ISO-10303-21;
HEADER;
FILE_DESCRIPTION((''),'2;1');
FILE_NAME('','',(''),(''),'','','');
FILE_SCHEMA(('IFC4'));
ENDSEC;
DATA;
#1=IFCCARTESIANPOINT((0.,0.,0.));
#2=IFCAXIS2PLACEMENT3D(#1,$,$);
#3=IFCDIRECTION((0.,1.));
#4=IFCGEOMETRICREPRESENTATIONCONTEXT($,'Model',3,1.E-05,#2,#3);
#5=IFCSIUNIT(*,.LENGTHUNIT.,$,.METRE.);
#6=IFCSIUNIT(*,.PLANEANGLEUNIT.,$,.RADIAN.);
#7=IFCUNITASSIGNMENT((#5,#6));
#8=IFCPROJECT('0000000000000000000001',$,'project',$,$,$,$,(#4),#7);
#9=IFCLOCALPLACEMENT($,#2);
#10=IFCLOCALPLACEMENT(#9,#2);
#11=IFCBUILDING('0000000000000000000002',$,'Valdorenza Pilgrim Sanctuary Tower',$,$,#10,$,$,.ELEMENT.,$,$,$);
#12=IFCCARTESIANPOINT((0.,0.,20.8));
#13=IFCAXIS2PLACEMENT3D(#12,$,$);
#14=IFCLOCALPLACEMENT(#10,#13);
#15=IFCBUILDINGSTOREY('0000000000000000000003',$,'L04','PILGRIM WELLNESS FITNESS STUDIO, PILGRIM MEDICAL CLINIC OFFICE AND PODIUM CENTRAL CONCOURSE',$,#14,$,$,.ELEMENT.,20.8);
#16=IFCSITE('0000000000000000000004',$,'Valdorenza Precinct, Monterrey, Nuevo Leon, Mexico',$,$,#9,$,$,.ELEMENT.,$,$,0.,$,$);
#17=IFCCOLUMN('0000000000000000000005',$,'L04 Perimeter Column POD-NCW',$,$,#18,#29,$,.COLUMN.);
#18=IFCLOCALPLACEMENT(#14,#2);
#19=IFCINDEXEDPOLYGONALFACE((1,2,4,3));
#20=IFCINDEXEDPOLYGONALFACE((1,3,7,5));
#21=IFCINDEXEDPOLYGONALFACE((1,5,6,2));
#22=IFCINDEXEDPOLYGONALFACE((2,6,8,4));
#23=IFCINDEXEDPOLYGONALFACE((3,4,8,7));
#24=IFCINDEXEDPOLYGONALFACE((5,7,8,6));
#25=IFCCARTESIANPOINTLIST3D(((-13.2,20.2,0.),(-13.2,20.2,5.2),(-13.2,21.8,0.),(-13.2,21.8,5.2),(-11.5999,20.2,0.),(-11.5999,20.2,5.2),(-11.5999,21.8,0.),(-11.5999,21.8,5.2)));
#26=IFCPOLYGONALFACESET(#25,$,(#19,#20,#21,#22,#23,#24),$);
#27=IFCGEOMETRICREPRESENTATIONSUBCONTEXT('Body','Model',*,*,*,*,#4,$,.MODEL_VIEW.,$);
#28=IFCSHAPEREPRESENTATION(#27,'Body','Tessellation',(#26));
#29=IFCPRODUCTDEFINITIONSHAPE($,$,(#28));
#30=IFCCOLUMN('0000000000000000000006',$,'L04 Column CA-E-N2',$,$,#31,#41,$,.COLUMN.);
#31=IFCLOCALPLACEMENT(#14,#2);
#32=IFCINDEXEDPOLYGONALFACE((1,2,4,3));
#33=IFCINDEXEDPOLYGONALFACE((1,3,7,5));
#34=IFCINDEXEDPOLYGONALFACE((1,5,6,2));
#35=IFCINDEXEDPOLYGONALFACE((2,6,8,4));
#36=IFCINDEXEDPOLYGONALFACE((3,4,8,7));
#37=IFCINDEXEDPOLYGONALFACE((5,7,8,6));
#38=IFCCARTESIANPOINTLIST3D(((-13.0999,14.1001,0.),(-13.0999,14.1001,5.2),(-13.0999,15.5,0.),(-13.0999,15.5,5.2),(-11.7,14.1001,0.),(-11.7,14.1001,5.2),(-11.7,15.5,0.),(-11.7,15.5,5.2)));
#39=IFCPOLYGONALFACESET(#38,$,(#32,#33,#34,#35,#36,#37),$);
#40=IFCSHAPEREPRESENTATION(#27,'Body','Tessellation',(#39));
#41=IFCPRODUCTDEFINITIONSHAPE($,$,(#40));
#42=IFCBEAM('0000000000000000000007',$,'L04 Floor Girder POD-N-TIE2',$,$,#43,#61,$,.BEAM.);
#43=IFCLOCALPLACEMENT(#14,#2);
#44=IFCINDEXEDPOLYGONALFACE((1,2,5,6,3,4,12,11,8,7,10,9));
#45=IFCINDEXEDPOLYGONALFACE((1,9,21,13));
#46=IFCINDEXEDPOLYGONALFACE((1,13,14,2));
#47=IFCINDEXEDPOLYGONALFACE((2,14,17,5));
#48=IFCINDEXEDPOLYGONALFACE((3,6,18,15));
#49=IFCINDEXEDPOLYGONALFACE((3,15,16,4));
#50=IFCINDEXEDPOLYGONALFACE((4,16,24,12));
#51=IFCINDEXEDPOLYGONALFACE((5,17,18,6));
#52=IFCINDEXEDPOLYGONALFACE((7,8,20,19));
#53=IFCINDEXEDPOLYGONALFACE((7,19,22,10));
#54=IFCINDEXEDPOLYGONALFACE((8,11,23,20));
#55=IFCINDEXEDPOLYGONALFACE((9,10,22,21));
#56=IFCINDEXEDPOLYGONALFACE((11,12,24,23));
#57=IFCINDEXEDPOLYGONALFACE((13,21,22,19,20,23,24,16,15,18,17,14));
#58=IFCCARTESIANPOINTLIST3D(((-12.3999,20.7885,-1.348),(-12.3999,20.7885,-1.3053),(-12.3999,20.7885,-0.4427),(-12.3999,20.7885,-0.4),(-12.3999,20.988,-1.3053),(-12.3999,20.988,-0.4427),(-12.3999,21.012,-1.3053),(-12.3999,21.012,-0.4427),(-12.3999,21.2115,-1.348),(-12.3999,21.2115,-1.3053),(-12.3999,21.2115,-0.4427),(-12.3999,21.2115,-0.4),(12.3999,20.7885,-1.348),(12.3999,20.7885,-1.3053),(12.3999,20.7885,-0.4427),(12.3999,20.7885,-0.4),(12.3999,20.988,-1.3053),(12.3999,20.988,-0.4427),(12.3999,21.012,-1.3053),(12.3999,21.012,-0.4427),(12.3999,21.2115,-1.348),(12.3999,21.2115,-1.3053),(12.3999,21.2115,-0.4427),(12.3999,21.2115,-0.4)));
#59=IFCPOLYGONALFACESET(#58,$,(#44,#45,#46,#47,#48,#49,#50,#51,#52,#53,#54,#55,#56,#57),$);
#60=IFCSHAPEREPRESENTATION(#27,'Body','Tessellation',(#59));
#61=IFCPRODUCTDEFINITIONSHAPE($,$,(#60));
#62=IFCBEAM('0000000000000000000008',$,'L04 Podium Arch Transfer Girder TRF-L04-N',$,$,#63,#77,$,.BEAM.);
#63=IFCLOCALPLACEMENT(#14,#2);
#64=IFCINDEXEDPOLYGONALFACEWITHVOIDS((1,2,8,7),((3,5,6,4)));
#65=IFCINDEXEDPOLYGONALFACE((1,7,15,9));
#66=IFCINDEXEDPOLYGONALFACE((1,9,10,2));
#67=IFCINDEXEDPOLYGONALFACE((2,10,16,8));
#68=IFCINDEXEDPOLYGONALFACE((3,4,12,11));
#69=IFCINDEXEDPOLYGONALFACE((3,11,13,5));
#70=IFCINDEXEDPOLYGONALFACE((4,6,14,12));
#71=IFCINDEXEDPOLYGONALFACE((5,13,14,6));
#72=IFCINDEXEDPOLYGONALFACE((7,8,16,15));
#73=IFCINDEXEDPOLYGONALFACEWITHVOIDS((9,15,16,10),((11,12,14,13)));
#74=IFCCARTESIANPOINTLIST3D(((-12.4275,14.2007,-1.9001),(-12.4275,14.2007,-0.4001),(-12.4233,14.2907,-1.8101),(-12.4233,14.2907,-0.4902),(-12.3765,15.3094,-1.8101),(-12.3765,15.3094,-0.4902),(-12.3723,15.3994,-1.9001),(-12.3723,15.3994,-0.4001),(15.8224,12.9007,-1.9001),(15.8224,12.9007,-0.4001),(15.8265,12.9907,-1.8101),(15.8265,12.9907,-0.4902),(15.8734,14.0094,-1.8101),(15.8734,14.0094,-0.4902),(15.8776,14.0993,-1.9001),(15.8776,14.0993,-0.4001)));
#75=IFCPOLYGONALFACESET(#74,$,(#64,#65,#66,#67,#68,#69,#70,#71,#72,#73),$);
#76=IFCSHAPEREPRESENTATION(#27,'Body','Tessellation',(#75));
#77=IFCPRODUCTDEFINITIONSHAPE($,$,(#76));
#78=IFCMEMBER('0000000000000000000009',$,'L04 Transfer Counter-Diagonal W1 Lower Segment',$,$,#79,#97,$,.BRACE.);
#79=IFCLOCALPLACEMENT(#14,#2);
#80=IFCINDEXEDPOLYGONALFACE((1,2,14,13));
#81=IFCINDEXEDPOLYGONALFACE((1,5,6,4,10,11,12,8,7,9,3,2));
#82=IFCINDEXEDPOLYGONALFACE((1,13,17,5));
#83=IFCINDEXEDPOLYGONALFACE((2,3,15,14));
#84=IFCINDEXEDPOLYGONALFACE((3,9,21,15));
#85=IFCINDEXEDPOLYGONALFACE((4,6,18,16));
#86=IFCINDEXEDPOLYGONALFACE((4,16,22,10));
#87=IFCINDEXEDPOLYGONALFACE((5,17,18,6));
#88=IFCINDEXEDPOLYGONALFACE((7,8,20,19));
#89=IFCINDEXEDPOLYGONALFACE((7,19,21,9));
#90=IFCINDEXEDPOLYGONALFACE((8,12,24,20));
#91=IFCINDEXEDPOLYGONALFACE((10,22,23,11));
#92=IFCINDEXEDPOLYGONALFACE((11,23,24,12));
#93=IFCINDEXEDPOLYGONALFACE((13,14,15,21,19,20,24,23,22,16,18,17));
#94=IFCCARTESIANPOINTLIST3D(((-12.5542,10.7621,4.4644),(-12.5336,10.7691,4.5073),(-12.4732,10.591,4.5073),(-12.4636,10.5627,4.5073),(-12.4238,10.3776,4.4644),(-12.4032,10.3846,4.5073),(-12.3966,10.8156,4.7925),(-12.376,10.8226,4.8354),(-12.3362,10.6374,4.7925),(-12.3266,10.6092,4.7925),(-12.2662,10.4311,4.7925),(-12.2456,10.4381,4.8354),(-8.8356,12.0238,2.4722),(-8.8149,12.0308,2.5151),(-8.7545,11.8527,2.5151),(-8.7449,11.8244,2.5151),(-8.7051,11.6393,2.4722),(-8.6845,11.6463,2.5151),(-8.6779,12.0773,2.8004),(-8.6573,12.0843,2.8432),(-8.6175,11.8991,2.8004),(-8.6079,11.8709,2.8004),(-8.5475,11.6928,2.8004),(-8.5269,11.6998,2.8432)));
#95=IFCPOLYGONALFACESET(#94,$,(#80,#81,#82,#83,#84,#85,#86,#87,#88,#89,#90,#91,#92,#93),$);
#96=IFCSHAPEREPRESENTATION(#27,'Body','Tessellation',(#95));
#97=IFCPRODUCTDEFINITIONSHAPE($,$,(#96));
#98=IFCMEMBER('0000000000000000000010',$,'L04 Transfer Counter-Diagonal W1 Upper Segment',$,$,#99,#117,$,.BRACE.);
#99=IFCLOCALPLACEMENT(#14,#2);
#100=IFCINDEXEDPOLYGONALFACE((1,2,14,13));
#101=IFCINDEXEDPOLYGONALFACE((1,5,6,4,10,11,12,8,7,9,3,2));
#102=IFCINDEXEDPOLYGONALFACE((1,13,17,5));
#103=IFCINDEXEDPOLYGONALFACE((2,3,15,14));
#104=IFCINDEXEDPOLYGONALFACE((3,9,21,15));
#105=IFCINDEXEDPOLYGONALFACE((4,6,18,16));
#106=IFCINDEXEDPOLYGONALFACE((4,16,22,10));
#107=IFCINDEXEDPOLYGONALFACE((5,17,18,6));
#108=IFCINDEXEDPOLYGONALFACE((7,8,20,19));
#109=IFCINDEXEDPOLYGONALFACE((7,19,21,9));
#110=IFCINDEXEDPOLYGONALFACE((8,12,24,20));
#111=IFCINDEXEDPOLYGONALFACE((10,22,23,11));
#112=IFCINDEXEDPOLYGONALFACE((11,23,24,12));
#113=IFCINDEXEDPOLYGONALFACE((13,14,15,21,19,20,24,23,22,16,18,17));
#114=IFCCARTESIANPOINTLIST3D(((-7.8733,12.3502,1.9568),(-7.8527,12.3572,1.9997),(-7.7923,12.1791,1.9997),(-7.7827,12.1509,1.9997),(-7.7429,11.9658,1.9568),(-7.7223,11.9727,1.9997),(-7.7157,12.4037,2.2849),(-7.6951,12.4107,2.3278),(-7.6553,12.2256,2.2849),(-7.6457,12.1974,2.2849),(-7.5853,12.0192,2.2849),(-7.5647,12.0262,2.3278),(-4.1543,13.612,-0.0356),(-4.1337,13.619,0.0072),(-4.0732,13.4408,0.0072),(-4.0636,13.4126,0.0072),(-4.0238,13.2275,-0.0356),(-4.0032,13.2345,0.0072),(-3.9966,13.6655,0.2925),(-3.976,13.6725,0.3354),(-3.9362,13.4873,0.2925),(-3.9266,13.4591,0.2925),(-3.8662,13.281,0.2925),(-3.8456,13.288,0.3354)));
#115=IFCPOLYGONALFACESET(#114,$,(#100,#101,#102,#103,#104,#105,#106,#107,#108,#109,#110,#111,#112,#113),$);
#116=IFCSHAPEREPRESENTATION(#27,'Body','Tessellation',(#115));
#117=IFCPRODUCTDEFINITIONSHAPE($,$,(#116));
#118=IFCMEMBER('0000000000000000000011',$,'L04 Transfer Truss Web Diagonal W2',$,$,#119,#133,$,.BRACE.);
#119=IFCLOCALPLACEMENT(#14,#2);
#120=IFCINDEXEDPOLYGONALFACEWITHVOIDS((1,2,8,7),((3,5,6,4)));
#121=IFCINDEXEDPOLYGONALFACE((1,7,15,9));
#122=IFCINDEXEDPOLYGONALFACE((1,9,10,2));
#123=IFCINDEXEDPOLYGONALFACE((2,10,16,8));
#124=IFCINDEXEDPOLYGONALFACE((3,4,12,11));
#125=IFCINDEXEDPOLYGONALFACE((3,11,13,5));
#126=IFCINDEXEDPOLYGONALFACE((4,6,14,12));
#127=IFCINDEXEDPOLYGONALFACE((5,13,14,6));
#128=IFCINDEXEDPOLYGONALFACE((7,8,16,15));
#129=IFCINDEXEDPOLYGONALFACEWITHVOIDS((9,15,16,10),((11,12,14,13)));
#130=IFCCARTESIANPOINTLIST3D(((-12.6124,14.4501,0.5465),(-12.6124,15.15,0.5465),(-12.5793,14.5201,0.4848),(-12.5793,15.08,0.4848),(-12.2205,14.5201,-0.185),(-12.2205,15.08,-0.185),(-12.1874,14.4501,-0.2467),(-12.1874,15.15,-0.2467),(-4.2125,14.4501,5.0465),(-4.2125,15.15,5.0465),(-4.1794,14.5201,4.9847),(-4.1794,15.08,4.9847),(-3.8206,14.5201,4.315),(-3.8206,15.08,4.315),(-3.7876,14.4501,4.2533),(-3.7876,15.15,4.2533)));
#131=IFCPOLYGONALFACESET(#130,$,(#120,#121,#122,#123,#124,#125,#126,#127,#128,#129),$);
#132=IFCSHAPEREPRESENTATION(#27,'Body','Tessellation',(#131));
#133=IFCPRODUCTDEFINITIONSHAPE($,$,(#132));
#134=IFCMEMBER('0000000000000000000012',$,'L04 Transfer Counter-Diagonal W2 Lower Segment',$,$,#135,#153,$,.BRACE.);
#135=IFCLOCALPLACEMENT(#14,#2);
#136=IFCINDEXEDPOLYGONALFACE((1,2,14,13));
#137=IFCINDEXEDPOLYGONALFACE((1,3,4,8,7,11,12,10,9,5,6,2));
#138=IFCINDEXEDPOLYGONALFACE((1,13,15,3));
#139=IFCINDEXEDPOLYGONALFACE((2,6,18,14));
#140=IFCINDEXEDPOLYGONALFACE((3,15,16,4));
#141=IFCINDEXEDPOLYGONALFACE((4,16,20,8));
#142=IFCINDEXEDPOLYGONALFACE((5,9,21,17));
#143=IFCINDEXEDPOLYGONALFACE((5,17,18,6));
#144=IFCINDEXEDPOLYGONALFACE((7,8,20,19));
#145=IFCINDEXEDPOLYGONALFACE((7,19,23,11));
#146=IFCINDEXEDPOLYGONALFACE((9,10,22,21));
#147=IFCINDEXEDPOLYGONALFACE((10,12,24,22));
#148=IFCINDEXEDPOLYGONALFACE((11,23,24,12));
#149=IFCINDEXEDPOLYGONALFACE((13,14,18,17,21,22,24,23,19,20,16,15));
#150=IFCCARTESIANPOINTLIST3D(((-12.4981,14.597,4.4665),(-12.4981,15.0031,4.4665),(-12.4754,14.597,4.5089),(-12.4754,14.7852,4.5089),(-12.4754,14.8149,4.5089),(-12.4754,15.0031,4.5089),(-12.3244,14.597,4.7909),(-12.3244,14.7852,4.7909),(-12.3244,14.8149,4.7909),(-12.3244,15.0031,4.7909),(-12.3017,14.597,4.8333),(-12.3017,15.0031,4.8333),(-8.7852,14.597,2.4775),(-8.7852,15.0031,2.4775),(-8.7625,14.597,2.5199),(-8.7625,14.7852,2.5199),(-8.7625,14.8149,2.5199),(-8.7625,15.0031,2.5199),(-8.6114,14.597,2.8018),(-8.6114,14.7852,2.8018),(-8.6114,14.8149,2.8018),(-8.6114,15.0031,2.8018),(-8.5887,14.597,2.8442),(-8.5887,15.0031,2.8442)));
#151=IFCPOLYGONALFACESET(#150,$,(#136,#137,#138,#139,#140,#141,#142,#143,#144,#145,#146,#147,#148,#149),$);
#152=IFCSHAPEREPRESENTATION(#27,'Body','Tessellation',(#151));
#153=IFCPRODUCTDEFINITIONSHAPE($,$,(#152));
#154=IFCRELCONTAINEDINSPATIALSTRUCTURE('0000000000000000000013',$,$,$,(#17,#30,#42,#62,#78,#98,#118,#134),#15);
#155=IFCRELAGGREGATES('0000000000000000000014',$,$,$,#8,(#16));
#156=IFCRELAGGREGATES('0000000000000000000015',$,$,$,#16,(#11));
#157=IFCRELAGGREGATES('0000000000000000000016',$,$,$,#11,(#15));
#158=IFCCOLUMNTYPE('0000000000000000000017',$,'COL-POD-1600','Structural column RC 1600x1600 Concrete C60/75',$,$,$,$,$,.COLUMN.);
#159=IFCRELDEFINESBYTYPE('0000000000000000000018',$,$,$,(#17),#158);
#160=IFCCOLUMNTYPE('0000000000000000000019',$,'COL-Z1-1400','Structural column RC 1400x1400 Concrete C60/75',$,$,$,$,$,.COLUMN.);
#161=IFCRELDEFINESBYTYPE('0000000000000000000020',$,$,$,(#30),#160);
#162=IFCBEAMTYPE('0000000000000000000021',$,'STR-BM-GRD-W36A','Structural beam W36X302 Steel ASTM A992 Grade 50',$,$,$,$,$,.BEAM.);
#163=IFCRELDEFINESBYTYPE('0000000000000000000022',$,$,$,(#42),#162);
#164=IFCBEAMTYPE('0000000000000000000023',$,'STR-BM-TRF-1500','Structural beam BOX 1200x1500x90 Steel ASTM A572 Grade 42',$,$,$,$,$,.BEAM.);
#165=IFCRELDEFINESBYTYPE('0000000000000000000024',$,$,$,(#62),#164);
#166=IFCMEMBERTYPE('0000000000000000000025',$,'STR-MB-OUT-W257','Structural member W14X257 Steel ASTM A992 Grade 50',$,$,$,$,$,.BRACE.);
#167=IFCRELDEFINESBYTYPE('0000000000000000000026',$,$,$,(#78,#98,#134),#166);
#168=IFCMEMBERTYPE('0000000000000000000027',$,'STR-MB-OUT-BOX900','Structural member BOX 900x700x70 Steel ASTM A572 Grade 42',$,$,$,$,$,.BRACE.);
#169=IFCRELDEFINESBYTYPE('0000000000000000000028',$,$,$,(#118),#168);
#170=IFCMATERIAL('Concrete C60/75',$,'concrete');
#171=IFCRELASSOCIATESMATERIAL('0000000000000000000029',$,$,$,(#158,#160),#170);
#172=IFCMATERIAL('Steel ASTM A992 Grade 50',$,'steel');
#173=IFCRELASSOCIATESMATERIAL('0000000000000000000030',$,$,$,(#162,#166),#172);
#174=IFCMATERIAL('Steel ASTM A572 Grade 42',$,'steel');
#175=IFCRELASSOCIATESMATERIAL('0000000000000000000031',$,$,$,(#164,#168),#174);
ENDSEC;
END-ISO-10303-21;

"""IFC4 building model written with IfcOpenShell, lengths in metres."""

from ifc_helpers import new_model, si_unit, direction, frame, origin, origin_2d, place, context, subcontext, project, spatial, rectangle, hollow_rectangle, i_section, extrude, source, transform, mapped, material, material_profile, profile_set, type_object, element, save


model = new_model("IFC4")

# Units and contexts
model_context = context("Model", 3, precision=1e-05, world=origin(), true_north=direction((0.0, 1.0)))
body_context = subcontext(model_context, "Body", "Model", "MODEL_VIEW")
ifc_project = project(units=[si_unit("LENGTHUNIT", "METRE"), si_unit("PLANEANGLEUNIT", "RADIAN")], contexts=[model_context])

# Site, building, storey
site_placement = place(None, origin())
site = spatial("IfcSite", under=ifc_project, at=site_placement, Name="Valdorenza Precinct, Monterrey, Nuevo Leon, Mexico", CompositionType="ELEMENT", RefElevation=0.0)
building_placement = place(site_placement, origin())
building = spatial("IfcBuilding", under=site, at=building_placement, Name="Valdorenza Pilgrim Sanctuary Tower", CompositionType="ELEMENT")
storey_placement = place(building_placement, frame((0.0, 0.0, 20.8)))
storey = spatial("IfcBuildingStorey", under=building, at=storey_placement, Name="L04", Description="PILGRIM WELLNESS FITNESS STUDIO, PILGRIM MEDICAL CLINIC OFFICE AND PODIUM CENTRAL CONCOURSE", CompositionType="ELEMENT", Elevation=20.8)

# Columns
ifc_material_1 = material(Name="Concrete C60/75", Category="concrete")
ifc_material_profile_1 = material_profile(ifc_material_1, rectangle(XDim=1.6001, YDim=1.6001, at=origin_2d()), Name="RC 1600x1600")
ifc_profile_set_1 = profile_set([ifc_material_profile_1], Name="Concrete C60/75")
column_type_1 = type_object("IfcColumnType", Name="COL-POD-1600", Description="Structural column RC 1600x1600 Concrete C60/75", PredefinedType="COLUMN", material=ifc_profile_set_1)
shared_shape_1 = source(origin(), body_context, "Body", "SweptSolid", [
    extrude(rectangle(XDim=1.6001, YDim=1.6001, at=origin_2d()), origin(), (0.0, 0.0, 1.0), 5.2),
])
column_1_placement = place(storey_placement, frame((-12.3999, 21.0, 0.0), z_axis=(0.0, 0.0, 1.0), x_axis=(1.0, 0.0, 0.0)))
element("IfcColumn", 1, at=column_1_placement, inside=storey, type_object=column_type_1, Name="L04 Perimeter Column POD-NCW", PredefinedType="COLUMN", context=body_context, shape_type="MappedRepresentation", body=[
    mapped(shared_shape_1, transform((0.0, 0.0, 0.0), x_axis=(1.0, 0.0, 0.0), y_axis=(0.0, 1.0, 0.0), z_axis=(0.0, 0.0, 1.0), scale=1.0)),
])
ifc_material_profile_2 = material_profile(ifc_material_1, rectangle(XDim=1.3999, YDim=1.3999, at=origin_2d()), Name="RC 1400x1400")
ifc_profile_set_2 = profile_set([ifc_material_profile_2], Name="Concrete C60/75")
column_type_2 = type_object("IfcColumnType", Name="COL-Z1-1400", Description="Structural column RC 1400x1400 Concrete C60/75", PredefinedType="COLUMN", material=ifc_profile_set_2)
shared_shape_2 = source(origin(), body_context, "Body", "SweptSolid", [
    extrude(rectangle(XDim=1.3999, YDim=1.3999, at=origin_2d()), origin(), (0.0, 0.0, 1.0), 5.2),
])
column_2_placement = place(storey_placement, frame((-12.3999, 14.8, 0.0), z_axis=(0.0, 0.0, 1.0), x_axis=(1.0, 0.0, 0.0)))
element("IfcColumn", 2, at=column_2_placement, inside=storey, type_object=column_type_2, Name="L04 Column CA-E-N2", PredefinedType="COLUMN", context=body_context, shape_type="MappedRepresentation", body=[
    mapped(shared_shape_2, transform((0.0, 0.0, 0.0), x_axis=(1.0, 0.0, 0.0), y_axis=(0.0, 1.0, 0.0), z_axis=(0.0, 0.0, 1.0), scale=1.0)),
])

# Beams
ifc_material_2 = material(Name="Steel ASTM A992 Grade 50", Category="steel")
ifc_material_profile_3 = material_profile(ifc_material_2, i_section(OverallWidth=0.4231, OverallDepth=0.948, WebThickness=0.0239, FlangeThickness=0.0427, at=origin_2d()), Name="W36X302")
ifc_profile_set_3 = profile_set([ifc_material_profile_3], Name="Steel ASTM A992 Grade 50")
beam_type_1 = type_object("IfcBeamType", Name="STR-BM-GRD-W36A", Description="Structural beam W36X302 Steel ASTM A992 Grade 50", PredefinedType="BEAM", material=ifc_profile_set_3)
shared_shape_3 = source(origin(), body_context, "Body", "SweptSolid", [
    extrude(i_section(OverallWidth=0.4231, OverallDepth=0.948, WebThickness=0.0239, FlangeThickness=0.0427, at=origin_2d()), origin(), (0.0, 0.0, 1.0), 24.7998),
])
beam_1_placement = place(storey_placement, frame((-12.3999, 21.0, -0.874), z_axis=(1.0, 0.0, 0.0), x_axis=(0.0, 1.0, 0.0)))
element("IfcBeam", 3, at=beam_1_placement, inside=storey, type_object=beam_type_1, Name="L04 Floor Girder POD-N-TIE2", PredefinedType="BEAM", context=body_context, shape_type="MappedRepresentation", body=[
    mapped(shared_shape_3, transform((0.0, 0.0, 0.0), x_axis=(1.0, 0.0, 0.0), y_axis=(0.0, 1.0, 0.0), z_axis=(0.0, 0.0, 1.0), scale=1.0)),
])
ifc_material_3 = material(Name="Steel ASTM A572 Grade 42", Category="steel")
ifc_material_profile_4 = material_profile(ifc_material_3, hollow_rectangle(XDim=1.2, YDim=1.5, WallThickness=0.0901, at=origin_2d()), Name="BOX 1200x1500x90")
ifc_profile_set_4 = profile_set([ifc_material_profile_4], Name="Steel ASTM A572 Grade 42")
beam_type_2 = type_object("IfcBeamType", Name="STR-BM-TRF-1500", Description="Structural beam BOX 1200x1500x90 Steel ASTM A572 Grade 42", PredefinedType="BEAM", material=ifc_profile_set_4)
shared_shape_4 = source(origin(), body_context, "Body", "SweptSolid", [
    extrude(hollow_rectangle(XDim=1.2, YDim=1.5, WallThickness=0.0901, at=origin_2d()), origin(), (0.0, 0.0, 1.0), 28.2798),
])
beam_2_placement = place(storey_placement, frame((-12.3999, 14.8, -1.1501), z_axis=(0.998943, -0.045971, 0.0), x_axis=(0.045971, 0.998943, 0.0)))
element("IfcBeam", 4, at=beam_2_placement, inside=storey, type_object=beam_type_2, Name="L04 Podium Arch Transfer Girder TRF-L04-N", PredefinedType="BEAM", context=body_context, shape_type="MappedRepresentation", body=[
    mapped(shared_shape_4, transform((0.0, 0.0, 0.0), x_axis=(1.0, 0.0, 0.0), y_axis=(0.0, 1.0, 0.0), z_axis=(0.0, 0.0, 1.0), scale=1.0)),
])

# Members
ifc_material_profile_5 = material_profile(ifc_material_2, i_section(OverallWidth=0.406, OverallDepth=0.416, WebThickness=0.0298, FlangeThickness=0.0481, at=origin_2d()), Name="W14X257")
ifc_profile_set_5 = profile_set([ifc_material_profile_5], Name="Steel ASTM A992 Grade 50")
member_type_1 = type_object("IfcMemberType", Name="STR-MB-OUT-W257", Description="Structural member W14X257 Steel ASTM A992 Grade 50", PredefinedType="BRACE", material=ifc_profile_set_5)
shared_shape_5 = source(origin(), body_context, "Body", "SweptSolid", [
    extrude(i_section(OverallWidth=0.406, OverallDepth=0.416, WebThickness=0.0298, FlangeThickness=0.0481, at=origin_2d()), origin(), (0.0, 0.0, 1.0), 4.4033),
])
member_1_placement = place(storey_placement, frame((-12.3999, 10.6001, 4.6499), z_axis=(0.84452, 0.286533, -0.452421), x_axis=(-0.321296, 0.946979, 0.0)))
element("IfcMember", 5, at=member_1_placement, inside=storey, type_object=member_type_1, Name="L04 Transfer Counter-Diagonal W1 Lower Segment", PredefinedType="BRACE", context=body_context, shape_type="MappedRepresentation", body=[
    mapped(shared_shape_5, transform((0.0, 0.0, 0.0), x_axis=(1.0, 0.0, 0.0), y_axis=(0.0, 1.0, 0.0), z_axis=(0.0, 0.0, 1.0), scale=1.0)),
])
shared_shape_6 = source(origin(), body_context, "Body", "SweptSolid", [
    extrude(i_section(OverallWidth=0.406, OverallDepth=0.416, WebThickness=0.0298, FlangeThickness=0.0481, at=origin_2d()), origin(), (0.0, 0.0, 1.0), 4.4038),
])
member_2_placement = place(storey_placement, frame((-7.719, 12.1882, 2.1423), z_axis=(0.844514, 0.286513, -0.452444), x_axis=(-0.321277, 0.946985, 0.0)))
element("IfcMember", 6, at=member_2_placement, inside=storey, type_object=member_type_1, Name="L04 Transfer Counter-Diagonal W1 Upper Segment", PredefinedType="BRACE", context=body_context, shape_type="MappedRepresentation", body=[
    mapped(shared_shape_6, transform((0.0, 0.0, 0.0), x_axis=(1.0, 0.0, 0.0), y_axis=(0.0, 1.0, 0.0), z_axis=(0.0, 0.0, 1.0), scale=1.0)),
])
ifc_material_profile_6 = material_profile(ifc_material_3, hollow_rectangle(XDim=0.7, YDim=0.8999, WallThickness=0.0701, at=origin_2d()), Name="BOX 900x700x70")
ifc_profile_set_6 = profile_set([ifc_material_profile_6], Name="Steel ASTM A572 Grade 42")
member_type_2 = type_object("IfcMemberType", Name="STR-MB-OUT-BOX900", Description="Structural member BOX 900x700x70 Steel ASTM A572 Grade 42", PredefinedType="BRACE", material=ifc_profile_set_6)
shared_shape_7 = source(origin(), body_context, "Body", "SweptSolid", [
    extrude(hollow_rectangle(XDim=0.7, YDim=0.8999, WallThickness=0.0701, at=origin_2d()), origin(), (0.0, 0.0, 1.0), 9.5293),
])
member_3_placement = place(storey_placement, frame((-12.3999, 14.8, 0.1499), z_axis=(0.881478, 0.0, 0.472226), x_axis=(0.0, 1.0, 0.0)))
element("IfcMember", 7, at=member_3_placement, inside=storey, type_object=member_type_2, Name="L04 Transfer Truss Web Diagonal W2", PredefinedType="BRACE", context=body_context, shape_type="MappedRepresentation", body=[
    mapped(shared_shape_7, transform((0.0, 0.0, 0.0), x_axis=(1.0, 0.0, 0.0), y_axis=(0.0, 1.0, 0.0), z_axis=(0.0, 0.0, 1.0), scale=1.0)),
])
shared_shape_8 = source(origin(), body_context, "Body", "SweptSolid", [
    extrude(i_section(OverallWidth=0.406, OverallDepth=0.416, WebThickness=0.0298, FlangeThickness=0.0481, at=origin_2d()), origin(), (0.0, 0.0, 1.0), 4.2122),
])
for number, where, z_axis, x_axis, name in (
    (8, (-12.3999, 14.8, 4.6499), (0.881483, 0.0, -0.472215), (0.0, 1.0, 0.0), "L04 Transfer Counter-Diagonal W2 Lower Segment"),
):
    element("IfcMember", number, at=place(storey_placement, frame(where, z_axis=z_axis, x_axis=x_axis)), inside=storey, type_object=member_type_1, Name=name, PredefinedType="BRACE", context=body_context, shape_type="MappedRepresentation", body=[
        mapped(shared_shape_8, transform((0.0, 0.0, 0.0), x_axis=(1.0, 0.0, 0.0), y_axis=(0.0, 1.0, 0.0), z_axis=(0.0, 0.0, 1.0), scale=1.0)),
    ])

save(model, "model.ifc")
